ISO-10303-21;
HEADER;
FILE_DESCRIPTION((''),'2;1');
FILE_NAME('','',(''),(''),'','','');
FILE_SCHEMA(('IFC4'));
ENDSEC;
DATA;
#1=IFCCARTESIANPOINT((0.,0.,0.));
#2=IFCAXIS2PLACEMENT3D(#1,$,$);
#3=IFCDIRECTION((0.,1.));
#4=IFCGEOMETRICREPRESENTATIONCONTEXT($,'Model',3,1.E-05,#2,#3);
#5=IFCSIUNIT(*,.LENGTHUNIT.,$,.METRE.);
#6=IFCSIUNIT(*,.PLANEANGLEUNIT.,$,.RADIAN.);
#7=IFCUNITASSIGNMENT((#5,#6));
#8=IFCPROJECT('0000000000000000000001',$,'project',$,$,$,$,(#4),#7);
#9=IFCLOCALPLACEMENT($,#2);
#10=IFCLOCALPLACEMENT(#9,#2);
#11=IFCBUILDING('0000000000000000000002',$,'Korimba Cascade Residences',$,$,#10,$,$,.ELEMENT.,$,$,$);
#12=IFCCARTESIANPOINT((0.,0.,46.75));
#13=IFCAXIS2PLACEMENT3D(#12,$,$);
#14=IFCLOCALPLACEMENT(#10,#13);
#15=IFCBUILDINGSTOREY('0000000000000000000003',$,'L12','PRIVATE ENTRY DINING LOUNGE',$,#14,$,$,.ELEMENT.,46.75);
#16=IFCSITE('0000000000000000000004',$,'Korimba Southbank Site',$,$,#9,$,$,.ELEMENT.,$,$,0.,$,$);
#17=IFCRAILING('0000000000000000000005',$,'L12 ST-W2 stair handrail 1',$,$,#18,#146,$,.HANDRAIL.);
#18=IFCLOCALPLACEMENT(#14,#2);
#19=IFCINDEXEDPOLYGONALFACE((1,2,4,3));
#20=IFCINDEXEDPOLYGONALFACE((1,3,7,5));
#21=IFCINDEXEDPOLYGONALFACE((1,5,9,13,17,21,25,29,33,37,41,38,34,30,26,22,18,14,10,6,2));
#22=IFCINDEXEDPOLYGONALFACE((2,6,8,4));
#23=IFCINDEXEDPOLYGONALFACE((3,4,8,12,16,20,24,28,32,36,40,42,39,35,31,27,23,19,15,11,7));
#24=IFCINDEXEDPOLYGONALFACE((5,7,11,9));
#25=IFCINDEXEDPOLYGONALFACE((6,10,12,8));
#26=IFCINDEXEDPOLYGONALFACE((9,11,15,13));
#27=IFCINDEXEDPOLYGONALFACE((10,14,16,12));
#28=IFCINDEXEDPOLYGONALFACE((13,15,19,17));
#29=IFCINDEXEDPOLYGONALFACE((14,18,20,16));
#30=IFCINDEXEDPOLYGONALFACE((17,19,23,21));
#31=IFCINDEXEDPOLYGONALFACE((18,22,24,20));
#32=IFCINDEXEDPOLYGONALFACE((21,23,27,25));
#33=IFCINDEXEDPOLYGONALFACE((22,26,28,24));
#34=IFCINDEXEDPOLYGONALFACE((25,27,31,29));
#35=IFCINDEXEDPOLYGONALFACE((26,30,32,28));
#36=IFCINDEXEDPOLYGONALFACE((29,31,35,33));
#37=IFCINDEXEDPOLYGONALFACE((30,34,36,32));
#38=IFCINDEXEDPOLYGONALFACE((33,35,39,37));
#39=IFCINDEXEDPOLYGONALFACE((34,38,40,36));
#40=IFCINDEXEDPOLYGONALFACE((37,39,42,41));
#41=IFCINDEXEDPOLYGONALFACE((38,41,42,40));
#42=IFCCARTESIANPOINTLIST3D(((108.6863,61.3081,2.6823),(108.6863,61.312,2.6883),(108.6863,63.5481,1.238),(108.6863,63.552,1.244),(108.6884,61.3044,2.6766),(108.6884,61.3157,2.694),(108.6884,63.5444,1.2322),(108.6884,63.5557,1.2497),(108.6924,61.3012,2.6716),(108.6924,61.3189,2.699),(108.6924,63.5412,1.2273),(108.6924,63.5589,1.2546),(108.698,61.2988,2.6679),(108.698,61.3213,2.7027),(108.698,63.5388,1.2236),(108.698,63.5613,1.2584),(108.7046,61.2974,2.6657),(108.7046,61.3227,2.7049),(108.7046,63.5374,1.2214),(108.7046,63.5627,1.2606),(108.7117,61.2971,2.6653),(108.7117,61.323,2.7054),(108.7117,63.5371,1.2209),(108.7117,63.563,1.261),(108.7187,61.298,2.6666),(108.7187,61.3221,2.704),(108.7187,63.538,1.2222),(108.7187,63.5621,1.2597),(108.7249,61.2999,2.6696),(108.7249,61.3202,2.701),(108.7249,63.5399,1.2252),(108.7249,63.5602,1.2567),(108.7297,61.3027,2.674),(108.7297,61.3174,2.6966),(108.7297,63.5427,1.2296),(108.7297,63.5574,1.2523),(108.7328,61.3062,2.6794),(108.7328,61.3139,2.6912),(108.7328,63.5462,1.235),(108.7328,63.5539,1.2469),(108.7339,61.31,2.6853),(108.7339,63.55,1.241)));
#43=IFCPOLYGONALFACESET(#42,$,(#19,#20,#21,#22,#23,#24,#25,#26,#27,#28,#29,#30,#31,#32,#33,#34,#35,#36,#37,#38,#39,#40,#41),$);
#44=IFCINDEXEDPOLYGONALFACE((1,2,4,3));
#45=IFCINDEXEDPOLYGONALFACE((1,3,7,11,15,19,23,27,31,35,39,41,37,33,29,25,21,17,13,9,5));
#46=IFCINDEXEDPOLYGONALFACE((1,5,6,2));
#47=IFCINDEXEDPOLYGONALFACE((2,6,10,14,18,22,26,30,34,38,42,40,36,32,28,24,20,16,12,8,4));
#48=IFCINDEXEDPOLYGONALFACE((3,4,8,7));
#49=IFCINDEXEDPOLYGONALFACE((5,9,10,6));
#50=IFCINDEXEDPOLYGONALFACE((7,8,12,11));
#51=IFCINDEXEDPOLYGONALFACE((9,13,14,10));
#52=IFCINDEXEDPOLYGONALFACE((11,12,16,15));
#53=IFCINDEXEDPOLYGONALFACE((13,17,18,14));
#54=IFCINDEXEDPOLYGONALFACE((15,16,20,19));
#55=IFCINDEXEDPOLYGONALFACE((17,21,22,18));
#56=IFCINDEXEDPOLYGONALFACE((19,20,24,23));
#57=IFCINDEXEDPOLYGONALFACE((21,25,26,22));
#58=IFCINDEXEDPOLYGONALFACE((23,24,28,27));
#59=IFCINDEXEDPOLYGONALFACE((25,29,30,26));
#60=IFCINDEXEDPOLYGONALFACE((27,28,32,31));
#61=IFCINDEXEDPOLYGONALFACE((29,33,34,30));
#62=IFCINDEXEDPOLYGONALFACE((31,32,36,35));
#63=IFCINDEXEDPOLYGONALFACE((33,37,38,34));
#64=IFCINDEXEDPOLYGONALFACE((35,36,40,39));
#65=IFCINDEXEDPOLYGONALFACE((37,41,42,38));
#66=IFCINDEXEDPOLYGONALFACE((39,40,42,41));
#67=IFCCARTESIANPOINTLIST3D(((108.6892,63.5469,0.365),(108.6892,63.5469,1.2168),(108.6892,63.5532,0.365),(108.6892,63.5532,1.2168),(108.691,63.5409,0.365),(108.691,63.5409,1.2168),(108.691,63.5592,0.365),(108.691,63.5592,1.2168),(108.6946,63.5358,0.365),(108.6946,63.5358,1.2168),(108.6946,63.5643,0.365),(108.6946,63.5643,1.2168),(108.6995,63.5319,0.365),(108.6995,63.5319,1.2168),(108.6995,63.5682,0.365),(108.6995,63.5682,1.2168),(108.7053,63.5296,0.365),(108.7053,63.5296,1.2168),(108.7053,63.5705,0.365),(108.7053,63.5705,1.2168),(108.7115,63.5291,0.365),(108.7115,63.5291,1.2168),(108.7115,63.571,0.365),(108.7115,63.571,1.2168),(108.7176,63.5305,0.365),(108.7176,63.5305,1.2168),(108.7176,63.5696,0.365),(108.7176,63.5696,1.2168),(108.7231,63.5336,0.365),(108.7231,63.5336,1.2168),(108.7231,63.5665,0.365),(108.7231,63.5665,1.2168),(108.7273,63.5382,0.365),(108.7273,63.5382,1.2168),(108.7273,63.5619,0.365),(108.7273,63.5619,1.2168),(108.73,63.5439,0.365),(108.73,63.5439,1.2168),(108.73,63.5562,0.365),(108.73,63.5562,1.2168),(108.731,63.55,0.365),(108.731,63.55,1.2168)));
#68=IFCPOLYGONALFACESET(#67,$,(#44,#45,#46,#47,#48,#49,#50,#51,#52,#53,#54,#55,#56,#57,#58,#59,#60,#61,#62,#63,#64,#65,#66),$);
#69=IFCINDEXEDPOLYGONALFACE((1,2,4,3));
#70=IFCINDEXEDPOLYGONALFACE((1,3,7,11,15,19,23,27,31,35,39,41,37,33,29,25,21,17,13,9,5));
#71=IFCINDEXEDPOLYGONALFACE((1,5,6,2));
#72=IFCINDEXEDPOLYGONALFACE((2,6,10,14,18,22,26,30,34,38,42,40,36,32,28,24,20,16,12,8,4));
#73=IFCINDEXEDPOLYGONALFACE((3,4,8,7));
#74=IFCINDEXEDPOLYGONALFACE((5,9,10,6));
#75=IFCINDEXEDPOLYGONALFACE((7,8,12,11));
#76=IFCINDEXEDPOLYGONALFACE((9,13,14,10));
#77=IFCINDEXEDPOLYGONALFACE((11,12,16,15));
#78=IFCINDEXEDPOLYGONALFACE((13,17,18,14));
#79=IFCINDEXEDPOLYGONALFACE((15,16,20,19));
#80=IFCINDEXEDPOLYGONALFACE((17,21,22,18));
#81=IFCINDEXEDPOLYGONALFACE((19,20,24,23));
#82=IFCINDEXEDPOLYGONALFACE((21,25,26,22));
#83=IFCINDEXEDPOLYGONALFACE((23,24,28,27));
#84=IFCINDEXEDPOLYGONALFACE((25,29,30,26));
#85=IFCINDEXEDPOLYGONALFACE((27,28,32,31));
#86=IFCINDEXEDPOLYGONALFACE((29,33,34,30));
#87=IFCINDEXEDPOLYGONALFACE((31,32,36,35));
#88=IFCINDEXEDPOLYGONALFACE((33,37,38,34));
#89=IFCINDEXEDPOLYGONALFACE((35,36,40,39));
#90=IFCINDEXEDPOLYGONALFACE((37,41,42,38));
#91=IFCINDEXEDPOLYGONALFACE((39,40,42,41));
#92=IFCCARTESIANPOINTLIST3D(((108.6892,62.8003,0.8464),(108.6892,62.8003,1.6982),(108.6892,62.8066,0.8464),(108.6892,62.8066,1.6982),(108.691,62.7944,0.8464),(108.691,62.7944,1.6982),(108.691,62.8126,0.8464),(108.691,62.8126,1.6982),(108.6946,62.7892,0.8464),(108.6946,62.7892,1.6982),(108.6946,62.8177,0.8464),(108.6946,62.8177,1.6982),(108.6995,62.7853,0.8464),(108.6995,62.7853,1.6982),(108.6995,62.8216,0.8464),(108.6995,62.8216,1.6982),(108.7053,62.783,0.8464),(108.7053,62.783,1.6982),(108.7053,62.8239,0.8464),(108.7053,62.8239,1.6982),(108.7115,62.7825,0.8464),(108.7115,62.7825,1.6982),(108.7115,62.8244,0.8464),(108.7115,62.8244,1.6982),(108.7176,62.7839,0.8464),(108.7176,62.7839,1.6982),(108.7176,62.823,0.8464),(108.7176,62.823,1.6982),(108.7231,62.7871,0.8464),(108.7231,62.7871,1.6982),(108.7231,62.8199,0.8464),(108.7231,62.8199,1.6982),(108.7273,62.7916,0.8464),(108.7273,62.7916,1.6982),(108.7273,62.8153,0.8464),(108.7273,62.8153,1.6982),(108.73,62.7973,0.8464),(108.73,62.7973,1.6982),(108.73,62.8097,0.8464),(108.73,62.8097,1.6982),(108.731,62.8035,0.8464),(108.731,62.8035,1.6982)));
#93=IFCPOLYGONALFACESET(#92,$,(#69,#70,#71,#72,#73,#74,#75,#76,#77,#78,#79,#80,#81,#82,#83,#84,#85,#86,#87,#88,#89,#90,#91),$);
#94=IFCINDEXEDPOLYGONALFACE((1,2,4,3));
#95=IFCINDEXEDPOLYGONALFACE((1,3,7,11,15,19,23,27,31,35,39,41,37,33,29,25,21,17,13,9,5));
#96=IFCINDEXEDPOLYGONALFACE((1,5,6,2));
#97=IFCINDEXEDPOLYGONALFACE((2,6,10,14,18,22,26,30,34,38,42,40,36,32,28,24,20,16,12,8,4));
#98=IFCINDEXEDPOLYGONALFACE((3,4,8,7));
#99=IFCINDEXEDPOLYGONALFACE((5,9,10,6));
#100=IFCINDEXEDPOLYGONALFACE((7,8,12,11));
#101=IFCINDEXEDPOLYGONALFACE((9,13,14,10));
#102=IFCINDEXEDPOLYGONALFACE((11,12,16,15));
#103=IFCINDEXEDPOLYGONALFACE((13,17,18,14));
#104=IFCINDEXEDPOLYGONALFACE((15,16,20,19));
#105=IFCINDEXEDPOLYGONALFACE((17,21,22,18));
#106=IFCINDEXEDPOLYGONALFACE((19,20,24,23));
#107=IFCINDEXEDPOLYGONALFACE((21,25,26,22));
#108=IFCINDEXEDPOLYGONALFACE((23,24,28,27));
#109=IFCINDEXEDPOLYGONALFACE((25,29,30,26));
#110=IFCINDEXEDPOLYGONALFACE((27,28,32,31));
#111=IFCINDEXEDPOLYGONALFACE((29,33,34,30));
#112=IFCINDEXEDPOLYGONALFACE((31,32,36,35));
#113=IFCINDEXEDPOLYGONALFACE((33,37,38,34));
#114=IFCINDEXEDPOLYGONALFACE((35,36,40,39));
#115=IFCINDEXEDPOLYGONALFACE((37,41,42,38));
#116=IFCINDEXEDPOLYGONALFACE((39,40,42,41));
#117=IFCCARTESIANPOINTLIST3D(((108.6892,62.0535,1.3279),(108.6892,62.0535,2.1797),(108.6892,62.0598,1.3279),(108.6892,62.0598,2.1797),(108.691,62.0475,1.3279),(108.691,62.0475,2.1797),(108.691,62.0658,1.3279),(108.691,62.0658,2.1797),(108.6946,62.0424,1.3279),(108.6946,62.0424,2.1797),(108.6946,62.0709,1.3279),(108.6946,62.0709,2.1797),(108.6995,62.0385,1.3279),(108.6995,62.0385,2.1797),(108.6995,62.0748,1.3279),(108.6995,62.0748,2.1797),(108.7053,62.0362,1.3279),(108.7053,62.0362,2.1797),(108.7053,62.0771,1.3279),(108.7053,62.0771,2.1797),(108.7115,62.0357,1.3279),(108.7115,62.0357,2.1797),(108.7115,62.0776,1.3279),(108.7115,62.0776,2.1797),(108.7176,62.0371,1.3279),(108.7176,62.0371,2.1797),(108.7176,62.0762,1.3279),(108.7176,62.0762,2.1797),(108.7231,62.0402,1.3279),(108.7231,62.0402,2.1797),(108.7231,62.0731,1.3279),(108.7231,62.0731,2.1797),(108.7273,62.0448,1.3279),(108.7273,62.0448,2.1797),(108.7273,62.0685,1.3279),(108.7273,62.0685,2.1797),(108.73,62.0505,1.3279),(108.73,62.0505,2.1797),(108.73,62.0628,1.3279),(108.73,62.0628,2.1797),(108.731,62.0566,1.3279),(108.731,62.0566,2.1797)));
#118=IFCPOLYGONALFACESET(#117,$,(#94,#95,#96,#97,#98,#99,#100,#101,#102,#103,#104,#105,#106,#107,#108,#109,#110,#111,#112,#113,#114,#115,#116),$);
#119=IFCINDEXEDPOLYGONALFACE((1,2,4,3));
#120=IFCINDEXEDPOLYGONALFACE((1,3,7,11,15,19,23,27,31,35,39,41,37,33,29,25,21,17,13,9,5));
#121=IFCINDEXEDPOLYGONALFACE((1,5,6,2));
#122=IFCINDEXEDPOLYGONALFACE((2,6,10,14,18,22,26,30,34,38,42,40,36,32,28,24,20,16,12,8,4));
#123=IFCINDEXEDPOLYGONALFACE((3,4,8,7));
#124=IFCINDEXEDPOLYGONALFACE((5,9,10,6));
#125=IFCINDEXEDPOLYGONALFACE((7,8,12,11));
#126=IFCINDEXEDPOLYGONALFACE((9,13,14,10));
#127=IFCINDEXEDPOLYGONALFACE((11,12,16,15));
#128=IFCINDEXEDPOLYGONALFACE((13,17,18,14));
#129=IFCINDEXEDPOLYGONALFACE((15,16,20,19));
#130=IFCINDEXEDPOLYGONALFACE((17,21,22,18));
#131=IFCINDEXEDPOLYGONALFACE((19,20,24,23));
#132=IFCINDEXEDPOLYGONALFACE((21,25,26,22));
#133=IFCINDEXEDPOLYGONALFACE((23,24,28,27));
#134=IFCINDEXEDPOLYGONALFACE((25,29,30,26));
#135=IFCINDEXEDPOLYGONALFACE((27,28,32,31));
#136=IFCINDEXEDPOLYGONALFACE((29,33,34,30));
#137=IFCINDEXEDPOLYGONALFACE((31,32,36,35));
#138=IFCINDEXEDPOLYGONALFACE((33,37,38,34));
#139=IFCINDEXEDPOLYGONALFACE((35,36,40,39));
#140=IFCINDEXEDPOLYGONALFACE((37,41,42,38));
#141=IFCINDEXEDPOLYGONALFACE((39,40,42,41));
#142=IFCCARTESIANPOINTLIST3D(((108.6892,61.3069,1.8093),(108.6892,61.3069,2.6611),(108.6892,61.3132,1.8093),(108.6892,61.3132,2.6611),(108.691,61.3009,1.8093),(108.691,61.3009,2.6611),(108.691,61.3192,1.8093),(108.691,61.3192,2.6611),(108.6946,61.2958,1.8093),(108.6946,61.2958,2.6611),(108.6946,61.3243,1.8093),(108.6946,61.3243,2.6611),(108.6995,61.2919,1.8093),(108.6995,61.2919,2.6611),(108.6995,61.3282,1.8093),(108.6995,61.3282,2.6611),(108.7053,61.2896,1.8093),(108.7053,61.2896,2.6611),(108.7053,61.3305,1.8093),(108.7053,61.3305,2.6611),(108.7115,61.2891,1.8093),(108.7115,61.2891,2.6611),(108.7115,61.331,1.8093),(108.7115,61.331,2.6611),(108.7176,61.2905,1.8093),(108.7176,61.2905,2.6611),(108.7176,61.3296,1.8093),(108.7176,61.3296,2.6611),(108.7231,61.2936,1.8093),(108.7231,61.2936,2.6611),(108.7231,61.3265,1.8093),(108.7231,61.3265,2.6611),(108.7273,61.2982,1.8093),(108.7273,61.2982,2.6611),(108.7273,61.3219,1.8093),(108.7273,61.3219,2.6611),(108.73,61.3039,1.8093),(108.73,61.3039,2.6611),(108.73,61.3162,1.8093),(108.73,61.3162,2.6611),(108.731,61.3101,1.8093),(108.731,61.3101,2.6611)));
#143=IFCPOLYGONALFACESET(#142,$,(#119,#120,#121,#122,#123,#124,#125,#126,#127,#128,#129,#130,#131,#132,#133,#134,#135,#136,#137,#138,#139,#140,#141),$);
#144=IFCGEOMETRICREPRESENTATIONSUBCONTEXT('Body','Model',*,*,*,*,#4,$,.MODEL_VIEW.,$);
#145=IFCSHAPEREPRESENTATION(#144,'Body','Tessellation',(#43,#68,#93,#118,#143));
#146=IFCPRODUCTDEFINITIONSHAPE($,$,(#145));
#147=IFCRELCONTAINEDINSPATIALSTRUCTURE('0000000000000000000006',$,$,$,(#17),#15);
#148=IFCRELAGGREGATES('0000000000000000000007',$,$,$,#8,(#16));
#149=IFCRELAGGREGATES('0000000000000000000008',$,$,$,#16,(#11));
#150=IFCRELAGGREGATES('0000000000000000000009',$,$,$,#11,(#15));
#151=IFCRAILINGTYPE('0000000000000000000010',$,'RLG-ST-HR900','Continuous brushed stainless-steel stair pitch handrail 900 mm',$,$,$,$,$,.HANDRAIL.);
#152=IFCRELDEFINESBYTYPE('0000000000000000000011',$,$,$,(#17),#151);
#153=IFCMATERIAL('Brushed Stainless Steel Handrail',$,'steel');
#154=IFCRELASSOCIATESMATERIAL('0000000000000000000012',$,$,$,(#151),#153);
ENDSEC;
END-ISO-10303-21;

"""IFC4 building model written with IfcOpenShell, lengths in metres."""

from ifc_helpers import new_model, si_unit, direction, frame, origin, origin_2d, place, context, subcontext, project, spatial, circle, extrude, material, type_object, element, save


model = new_model("IFC4")

# Units and contexts
model_context = context("Model", 3, precision=1e-05, world=origin(), true_north=direction((0.0, 1.0)))
body_context = subcontext(model_context, "Body", "Model", "MODEL_VIEW")
ifc_project = project(units=[si_unit("LENGTHUNIT", "METRE"), si_unit("PLANEANGLEUNIT", "RADIAN")], contexts=[model_context])

# Site, building, storey
site_placement = place(None, origin())
site = spatial("IfcSite", under=ifc_project, at=site_placement, Name="Korimba Southbank Site", CompositionType="ELEMENT", RefElevation=0.0)
building_placement = place(site_placement, origin())
building = spatial("IfcBuilding", under=site, at=building_placement, Name="Korimba Cascade Residences", CompositionType="ELEMENT")
storey_placement = place(building_placement, frame((0.0, 0.0, 46.75)))
storey = spatial("IfcBuildingStorey", under=building, at=storey_placement, Name="L12", Description="PRIVATE ENTRY DINING LOUNGE", CompositionType="ELEMENT", Elevation=46.75)

# Railing
ifc_material_1 = material(Name="Brushed Stainless Steel Handrail", Category="steel")
railing_type_1 = type_object("IfcRailingType", Name="RLG-ST-HR900", Description="Continuous brushed stainless-steel stair pitch handrail 900 mm", PredefinedType="HANDRAIL", material=ifc_material_1)
railing_1_placement = place(storey_placement, frame((108.71, 63.55, 0.365)))
element("IfcRailing", 1, at=railing_1_placement, inside=storey, type_object=railing_type_1, Name="L12 ST-W2 stair handrail 1", PredefinedType="HANDRAIL", context=body_context, shape_type="SweptSolid", body=[
    extrude(circle(Radius=0.0239, at=origin_2d()), frame((0.0, 0.0, 0.876), z_axis=(0.0, -0.840437, 0.54191), x_axis=(1.0, 0.0, 0.0)), (0.0, 0.0, 1.0), 2.6653),
    extrude(circle(Radius=0.021, at=origin_2d()), origin(), (0.0, 0.0, 1.0), 0.8518),
    extrude(circle(Radius=0.021, at=origin_2d()), frame((0.0, -0.7466, 0.4814)), (0.0, 0.0, 1.0), 0.8518),
    extrude(circle(Radius=0.021, at=origin_2d()), frame((0.0, -1.4934, 0.9629)), (0.0, 0.0, 1.0), 0.8518),
    extrude(circle(Radius=0.021, at=origin_2d()), frame((0.0, -2.24, 1.4443)), (0.0, 0.0, 1.0), 0.8518),
])

save(model, "model.ifc")
